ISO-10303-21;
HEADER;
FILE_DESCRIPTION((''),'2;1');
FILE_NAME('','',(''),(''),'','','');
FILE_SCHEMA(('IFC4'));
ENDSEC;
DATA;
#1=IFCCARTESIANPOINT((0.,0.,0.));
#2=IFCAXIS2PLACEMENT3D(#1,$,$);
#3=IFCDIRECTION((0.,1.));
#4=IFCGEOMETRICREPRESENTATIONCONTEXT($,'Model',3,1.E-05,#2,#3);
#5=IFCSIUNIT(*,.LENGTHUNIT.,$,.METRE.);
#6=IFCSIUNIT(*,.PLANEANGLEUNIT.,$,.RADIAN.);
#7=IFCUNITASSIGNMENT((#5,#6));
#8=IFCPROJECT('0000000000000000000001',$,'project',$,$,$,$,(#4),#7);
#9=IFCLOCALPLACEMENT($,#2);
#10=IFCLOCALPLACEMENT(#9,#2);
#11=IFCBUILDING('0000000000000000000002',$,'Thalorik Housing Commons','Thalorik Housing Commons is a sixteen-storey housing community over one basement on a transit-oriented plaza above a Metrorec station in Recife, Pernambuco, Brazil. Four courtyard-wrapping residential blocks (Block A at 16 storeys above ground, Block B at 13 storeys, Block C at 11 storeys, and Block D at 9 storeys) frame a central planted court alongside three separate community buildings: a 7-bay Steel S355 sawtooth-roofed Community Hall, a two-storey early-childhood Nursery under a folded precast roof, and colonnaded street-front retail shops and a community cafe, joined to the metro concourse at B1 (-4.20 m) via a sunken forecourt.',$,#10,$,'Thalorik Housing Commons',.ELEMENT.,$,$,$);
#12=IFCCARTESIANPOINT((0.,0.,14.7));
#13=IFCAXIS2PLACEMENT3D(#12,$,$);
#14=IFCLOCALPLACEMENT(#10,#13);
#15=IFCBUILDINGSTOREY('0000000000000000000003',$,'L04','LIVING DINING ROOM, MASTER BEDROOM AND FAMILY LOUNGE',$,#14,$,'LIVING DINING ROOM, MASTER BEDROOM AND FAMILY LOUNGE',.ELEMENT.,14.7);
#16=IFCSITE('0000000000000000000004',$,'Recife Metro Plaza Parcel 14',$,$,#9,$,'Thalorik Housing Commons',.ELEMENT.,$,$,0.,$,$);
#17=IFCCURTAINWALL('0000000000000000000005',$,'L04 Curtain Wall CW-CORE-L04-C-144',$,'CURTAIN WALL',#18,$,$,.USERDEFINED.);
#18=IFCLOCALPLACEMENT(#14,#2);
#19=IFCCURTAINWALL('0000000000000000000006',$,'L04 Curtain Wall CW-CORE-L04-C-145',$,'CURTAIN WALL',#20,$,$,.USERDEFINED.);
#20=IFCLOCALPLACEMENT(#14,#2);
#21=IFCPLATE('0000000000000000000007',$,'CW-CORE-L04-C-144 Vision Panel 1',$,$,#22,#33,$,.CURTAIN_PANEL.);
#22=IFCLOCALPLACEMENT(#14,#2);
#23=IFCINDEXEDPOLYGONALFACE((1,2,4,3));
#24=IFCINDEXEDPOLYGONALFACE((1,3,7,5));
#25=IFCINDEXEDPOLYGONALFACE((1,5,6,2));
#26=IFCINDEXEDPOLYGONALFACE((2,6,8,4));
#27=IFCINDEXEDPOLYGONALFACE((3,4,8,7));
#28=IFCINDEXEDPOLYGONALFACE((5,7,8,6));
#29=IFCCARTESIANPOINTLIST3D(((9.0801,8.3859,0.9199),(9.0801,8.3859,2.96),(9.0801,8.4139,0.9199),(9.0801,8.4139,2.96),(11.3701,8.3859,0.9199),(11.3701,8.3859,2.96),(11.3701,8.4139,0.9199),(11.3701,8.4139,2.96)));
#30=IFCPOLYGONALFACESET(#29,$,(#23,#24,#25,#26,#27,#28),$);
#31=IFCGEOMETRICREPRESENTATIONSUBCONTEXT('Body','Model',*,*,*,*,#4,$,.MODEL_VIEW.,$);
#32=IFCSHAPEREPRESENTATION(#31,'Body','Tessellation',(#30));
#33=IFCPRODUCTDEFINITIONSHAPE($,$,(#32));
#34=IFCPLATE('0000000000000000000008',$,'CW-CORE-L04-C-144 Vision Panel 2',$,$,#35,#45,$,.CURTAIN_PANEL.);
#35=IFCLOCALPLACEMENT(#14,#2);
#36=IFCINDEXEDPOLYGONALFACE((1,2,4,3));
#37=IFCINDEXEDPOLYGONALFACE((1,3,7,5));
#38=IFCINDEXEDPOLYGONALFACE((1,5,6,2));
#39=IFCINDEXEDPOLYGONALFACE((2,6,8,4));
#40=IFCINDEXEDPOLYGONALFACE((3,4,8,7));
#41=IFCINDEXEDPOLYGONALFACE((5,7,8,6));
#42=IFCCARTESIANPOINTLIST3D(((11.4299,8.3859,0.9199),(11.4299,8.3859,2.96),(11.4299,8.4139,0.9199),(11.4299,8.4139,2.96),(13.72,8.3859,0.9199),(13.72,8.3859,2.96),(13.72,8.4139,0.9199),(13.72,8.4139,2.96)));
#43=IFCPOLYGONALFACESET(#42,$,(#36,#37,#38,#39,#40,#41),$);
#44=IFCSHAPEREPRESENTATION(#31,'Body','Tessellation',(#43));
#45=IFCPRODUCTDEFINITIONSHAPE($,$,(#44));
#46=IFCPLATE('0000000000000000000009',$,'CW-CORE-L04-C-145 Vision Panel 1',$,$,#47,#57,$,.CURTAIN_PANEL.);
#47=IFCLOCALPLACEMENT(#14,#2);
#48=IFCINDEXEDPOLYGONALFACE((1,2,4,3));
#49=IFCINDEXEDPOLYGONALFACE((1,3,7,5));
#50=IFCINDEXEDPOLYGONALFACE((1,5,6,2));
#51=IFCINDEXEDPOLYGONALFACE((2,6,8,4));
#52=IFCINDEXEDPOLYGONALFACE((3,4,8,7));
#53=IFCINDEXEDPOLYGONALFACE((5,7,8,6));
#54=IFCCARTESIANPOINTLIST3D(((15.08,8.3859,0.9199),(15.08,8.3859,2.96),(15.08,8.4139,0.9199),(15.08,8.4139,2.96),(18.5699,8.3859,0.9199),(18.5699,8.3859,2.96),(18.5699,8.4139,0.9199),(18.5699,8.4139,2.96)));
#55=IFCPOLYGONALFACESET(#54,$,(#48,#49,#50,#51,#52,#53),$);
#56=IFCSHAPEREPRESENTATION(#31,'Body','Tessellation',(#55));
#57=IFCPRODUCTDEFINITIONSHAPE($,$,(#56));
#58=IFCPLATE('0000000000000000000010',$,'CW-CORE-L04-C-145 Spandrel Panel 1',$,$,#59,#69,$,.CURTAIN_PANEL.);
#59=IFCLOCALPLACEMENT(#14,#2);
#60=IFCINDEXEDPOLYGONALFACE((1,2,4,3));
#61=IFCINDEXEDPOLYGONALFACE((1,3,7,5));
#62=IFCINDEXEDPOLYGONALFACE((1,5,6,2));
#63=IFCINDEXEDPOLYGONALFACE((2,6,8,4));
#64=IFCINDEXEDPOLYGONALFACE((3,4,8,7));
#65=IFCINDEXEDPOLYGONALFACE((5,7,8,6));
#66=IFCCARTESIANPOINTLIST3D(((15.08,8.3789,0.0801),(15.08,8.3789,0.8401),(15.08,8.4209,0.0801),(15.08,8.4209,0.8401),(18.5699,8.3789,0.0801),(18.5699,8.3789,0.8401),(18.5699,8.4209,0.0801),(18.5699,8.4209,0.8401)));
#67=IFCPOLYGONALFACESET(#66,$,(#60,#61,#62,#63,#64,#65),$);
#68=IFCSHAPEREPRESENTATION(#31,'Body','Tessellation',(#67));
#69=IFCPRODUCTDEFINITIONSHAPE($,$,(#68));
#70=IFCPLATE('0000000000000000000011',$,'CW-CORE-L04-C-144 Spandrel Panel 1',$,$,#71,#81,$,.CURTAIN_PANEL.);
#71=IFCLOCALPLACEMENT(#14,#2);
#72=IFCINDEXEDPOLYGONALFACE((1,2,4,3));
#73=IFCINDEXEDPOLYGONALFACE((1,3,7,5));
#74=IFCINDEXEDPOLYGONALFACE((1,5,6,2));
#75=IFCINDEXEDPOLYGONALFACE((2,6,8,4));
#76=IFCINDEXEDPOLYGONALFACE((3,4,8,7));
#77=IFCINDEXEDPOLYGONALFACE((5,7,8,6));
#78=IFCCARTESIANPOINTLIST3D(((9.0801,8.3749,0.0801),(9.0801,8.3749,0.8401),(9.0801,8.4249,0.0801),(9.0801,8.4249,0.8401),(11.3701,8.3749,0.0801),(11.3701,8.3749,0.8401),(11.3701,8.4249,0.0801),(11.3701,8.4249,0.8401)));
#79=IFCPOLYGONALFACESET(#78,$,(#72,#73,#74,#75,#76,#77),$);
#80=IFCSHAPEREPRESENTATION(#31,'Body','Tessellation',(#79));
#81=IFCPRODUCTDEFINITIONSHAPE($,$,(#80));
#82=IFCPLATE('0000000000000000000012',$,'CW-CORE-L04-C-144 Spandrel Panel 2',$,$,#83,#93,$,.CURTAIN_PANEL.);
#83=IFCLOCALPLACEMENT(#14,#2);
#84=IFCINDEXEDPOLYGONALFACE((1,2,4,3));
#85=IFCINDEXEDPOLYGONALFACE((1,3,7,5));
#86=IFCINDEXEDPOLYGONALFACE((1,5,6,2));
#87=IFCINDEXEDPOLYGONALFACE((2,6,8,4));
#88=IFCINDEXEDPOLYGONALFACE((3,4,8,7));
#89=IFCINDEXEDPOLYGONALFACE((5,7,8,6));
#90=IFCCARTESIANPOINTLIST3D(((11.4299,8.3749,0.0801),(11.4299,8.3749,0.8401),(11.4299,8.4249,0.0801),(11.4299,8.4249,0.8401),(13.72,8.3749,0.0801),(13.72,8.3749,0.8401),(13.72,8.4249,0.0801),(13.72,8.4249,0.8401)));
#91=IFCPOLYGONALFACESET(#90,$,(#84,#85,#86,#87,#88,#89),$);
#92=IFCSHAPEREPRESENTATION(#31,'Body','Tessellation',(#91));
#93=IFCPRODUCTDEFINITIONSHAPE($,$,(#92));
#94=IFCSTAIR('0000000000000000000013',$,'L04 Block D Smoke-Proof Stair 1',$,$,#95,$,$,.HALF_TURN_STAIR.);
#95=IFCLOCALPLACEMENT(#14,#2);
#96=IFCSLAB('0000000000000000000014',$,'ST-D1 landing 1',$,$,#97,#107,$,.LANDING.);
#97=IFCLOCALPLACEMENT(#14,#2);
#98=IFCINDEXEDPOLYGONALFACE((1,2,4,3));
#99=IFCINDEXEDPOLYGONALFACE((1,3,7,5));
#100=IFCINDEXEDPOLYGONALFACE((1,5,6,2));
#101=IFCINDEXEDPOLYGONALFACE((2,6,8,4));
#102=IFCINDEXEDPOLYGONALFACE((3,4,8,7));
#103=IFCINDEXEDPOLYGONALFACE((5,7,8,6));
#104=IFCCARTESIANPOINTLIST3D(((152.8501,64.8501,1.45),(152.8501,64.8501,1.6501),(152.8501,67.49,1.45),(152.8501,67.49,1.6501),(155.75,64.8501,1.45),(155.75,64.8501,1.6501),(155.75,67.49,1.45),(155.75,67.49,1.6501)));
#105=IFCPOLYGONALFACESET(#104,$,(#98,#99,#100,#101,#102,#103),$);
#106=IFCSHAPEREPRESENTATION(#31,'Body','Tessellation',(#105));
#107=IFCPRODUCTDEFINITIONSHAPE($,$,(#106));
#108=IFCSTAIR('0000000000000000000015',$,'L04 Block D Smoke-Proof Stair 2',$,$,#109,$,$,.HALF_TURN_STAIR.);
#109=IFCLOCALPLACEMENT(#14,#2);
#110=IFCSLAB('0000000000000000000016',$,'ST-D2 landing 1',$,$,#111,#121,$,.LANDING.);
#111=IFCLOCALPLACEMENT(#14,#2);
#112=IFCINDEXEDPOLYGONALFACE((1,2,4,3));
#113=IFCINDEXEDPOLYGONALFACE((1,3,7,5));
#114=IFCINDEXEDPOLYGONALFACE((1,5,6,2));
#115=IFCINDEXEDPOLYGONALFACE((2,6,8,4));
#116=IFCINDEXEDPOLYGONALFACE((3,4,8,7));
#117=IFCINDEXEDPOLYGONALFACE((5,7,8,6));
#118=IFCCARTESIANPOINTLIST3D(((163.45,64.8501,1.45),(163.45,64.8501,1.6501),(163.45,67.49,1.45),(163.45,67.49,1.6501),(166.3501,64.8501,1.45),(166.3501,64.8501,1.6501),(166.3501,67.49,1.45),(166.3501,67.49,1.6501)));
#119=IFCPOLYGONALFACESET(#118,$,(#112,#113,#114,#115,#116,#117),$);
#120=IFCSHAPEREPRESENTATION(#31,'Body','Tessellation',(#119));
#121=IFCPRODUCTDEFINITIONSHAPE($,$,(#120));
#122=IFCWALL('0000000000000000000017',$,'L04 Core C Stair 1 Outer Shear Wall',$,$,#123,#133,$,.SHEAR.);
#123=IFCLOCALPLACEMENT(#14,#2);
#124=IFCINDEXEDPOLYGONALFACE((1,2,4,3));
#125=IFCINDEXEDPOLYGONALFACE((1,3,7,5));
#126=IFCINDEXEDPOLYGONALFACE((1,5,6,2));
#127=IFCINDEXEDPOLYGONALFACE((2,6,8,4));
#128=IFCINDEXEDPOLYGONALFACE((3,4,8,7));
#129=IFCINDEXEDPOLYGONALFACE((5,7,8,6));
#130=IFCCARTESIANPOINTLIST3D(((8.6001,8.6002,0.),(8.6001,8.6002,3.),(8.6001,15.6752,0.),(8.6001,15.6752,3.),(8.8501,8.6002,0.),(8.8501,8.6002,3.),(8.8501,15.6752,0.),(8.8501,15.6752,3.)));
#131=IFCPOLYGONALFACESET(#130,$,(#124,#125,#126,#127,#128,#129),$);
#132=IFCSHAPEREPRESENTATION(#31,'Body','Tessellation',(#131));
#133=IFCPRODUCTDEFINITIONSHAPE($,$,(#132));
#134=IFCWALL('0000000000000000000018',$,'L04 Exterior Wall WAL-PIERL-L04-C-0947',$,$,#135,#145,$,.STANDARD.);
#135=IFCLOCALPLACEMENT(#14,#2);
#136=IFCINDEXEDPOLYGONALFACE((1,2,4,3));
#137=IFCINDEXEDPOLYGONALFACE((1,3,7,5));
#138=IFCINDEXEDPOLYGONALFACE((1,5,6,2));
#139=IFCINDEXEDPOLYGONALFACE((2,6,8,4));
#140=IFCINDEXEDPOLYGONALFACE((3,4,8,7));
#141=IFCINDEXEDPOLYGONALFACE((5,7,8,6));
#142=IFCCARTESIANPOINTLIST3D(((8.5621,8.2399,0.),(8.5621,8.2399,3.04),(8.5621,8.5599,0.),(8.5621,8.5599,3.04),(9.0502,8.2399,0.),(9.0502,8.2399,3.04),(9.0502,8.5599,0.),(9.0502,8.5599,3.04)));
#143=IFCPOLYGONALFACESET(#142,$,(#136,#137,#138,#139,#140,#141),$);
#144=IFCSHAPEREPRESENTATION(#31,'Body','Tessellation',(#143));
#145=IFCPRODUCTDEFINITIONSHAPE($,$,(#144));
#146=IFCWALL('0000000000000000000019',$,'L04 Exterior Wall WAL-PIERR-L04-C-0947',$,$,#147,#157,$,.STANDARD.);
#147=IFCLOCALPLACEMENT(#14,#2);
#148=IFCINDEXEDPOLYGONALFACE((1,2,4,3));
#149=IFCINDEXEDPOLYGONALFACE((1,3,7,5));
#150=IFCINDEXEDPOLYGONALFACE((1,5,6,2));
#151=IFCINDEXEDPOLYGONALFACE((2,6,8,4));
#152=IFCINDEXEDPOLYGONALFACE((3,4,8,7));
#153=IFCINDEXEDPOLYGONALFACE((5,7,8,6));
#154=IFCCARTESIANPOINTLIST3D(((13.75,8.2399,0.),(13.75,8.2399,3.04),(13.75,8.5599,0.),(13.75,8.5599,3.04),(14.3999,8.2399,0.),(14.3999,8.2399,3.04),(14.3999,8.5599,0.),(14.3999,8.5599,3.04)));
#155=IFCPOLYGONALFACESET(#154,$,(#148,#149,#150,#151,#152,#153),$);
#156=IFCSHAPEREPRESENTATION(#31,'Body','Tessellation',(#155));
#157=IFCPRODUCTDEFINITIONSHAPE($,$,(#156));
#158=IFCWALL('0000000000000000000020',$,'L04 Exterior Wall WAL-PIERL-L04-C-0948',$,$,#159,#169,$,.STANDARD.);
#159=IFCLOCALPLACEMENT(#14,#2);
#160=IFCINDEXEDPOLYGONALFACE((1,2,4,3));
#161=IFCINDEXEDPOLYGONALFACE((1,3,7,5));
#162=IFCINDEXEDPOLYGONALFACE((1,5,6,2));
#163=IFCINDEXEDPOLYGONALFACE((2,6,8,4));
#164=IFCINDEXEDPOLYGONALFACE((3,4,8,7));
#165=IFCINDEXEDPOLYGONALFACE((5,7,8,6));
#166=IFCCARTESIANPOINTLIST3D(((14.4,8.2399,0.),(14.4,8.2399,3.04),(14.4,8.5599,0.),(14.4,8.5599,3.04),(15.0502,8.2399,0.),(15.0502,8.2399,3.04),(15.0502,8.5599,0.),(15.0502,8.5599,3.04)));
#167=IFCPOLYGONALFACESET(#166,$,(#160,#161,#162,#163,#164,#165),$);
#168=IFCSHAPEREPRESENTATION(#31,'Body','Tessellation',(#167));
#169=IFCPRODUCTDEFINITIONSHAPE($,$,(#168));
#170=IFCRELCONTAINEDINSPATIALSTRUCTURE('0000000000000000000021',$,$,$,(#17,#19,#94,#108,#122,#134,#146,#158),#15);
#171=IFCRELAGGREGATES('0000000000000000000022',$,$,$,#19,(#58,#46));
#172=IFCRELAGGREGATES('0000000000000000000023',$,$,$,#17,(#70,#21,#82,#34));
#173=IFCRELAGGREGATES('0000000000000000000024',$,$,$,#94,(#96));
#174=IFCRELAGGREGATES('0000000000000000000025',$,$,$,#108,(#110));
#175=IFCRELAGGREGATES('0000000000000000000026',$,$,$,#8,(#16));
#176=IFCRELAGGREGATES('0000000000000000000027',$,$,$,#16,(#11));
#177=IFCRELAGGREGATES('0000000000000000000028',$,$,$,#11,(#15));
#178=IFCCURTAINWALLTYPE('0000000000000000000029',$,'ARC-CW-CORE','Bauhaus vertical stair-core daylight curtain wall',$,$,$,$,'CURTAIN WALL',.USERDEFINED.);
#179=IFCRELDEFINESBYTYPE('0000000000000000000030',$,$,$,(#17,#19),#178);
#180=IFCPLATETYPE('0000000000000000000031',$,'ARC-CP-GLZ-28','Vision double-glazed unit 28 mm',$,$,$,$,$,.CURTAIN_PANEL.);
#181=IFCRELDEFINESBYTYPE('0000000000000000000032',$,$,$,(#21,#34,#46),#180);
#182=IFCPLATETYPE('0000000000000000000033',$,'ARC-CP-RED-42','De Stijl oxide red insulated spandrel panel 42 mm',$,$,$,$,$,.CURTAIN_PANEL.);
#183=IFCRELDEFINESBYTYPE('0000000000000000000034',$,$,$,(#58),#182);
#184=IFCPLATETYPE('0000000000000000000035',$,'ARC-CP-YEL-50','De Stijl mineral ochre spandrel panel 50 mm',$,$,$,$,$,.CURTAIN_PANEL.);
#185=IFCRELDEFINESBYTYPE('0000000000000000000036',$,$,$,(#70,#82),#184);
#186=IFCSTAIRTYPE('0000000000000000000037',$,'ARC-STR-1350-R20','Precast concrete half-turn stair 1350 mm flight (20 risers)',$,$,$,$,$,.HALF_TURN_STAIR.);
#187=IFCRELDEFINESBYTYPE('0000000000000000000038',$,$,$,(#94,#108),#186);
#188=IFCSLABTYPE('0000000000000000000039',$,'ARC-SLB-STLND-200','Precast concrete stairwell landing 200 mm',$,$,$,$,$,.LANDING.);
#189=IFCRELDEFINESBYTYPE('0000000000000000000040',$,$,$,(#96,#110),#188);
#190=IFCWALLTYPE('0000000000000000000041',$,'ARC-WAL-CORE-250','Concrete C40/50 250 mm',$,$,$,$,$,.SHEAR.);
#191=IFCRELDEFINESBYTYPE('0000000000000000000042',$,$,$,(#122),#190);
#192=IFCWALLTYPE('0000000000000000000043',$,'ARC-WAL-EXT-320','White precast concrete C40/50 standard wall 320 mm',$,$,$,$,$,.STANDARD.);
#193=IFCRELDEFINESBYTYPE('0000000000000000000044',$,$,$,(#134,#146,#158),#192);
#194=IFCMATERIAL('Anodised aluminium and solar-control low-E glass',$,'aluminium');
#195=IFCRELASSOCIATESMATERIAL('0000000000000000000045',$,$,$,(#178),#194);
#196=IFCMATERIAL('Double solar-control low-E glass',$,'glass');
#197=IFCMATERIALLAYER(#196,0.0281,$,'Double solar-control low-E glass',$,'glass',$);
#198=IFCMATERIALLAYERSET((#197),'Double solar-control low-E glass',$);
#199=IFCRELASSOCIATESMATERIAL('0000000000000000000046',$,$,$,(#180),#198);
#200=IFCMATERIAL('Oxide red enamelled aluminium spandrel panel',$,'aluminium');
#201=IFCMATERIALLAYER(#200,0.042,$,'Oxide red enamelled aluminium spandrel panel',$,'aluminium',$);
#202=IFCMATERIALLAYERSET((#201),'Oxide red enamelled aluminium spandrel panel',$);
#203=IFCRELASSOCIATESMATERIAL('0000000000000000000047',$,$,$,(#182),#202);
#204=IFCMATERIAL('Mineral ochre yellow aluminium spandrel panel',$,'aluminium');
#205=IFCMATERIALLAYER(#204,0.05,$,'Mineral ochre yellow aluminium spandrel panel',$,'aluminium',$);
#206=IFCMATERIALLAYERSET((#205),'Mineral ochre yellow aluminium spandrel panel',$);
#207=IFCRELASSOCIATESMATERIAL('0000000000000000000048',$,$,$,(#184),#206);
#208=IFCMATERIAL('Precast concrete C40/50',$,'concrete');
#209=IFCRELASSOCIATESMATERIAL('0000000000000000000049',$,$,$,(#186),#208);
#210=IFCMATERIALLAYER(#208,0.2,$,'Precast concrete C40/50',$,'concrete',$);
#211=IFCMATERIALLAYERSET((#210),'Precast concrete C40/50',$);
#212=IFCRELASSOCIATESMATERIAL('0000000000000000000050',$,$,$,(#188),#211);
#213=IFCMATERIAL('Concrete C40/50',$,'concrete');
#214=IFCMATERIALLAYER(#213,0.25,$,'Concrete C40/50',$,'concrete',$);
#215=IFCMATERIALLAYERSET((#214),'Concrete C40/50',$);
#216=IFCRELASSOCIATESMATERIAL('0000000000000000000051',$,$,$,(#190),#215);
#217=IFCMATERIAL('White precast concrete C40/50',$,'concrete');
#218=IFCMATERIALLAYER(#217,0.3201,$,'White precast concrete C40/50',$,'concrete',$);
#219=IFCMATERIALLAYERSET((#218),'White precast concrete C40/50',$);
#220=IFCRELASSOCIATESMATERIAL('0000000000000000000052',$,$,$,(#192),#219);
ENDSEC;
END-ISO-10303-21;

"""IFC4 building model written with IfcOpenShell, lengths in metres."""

from ifc_helpers import new_model, si_unit, direction, frame, frame_2d, origin, origin_2d, place, context, subcontext, project, spatial, polyline, rectangle, outline, extrude, material, layer, layer_set, type_object, element, aggregate, save


model = new_model("IFC4")

# Units and contexts
model_context = context("Model", 3, precision=1e-05, world=origin(), true_north=direction((0.0, 1.0)))
body_context = subcontext(model_context, "Body", "Model", "MODEL_VIEW")
ifc_project = project(units=[si_unit("LENGTHUNIT", "METRE"), si_unit("PLANEANGLEUNIT", "RADIAN")], contexts=[model_context])

# Site, building, storey
site_placement = place(None, origin())
site = spatial("IfcSite", under=ifc_project, at=site_placement, Name="Recife Metro Plaza Parcel 14", LongName="Thalorik Housing Commons", CompositionType="ELEMENT", RefElevation=0.0)
building_placement = place(site_placement, origin())
building = spatial("IfcBuilding", under=site, at=building_placement, Name="Thalorik Housing Commons", Description="Thalorik Housing Commons is a sixteen-storey housing community over one basement on a transit-oriented plaza above a Metrorec station in Recife, Pernambuco, Brazil. Four courtyard-wrapping residential blocks (Block A at 16 storeys above ground, Block B at 13 storeys, Block C at 11 storeys, and Block D at 9 storeys) frame a central planted court alongside three separate community buildings: a 7-bay Steel S355 sawtooth-roofed Community Hall, a two-storey early-childhood Nursery under a folded precast roof, and colonnaded street-front retail shops and a community cafe, joined to the metro concourse at B1 (-4.20 m) via a sunken forecourt.", LongName="Thalorik Housing Commons", CompositionType="ELEMENT")
storey_placement = place(building_placement, frame((0.0, 0.0, 14.7)))
storey = spatial("IfcBuildingStorey", under=building, at=storey_placement, Name="L04", Description="LIVING DINING ROOM, MASTER BEDROOM AND FAMILY LOUNGE", LongName="LIVING DINING ROOM, MASTER BEDROOM AND FAMILY LOUNGE", CompositionType="ELEMENT", Elevation=14.7)

# Shared definitions
ifc_material_1 = material(Name="Precast concrete C40/50", Category="concrete")

# Curtain wall
ifc_material_2 = material(Name="Anodised aluminium and solar-control low-E glass", Category="aluminium")
curtain_wall_type = type_object("IfcCurtainWallType", Name="ARC-CW-CORE", Description="Bauhaus vertical stair-core daylight curtain wall", ElementType="CURTAIN WALL", PredefinedType="USERDEFINED", material=ifc_material_2)
curtain_wall_1_placement = place(storey_placement, origin())
curtain_wall_1 = element("IfcCurtainWall", 1, at=curtain_wall_1_placement, inside=storey, type_object=curtain_wall_type, Name="L04 Curtain Wall CW-CORE-L04-C-144", ObjectType="CURTAIN WALL", PredefinedType="USERDEFINED")

# Curtain wall
curtain_wall_2_placement = place(storey_placement, origin())
curtain_wall_2 = element("IfcCurtainWall", 2, at=curtain_wall_2_placement, inside=storey, type_object=curtain_wall_type, Name="L04 Curtain Wall CW-CORE-L04-C-145", ObjectType="CURTAIN WALL", PredefinedType="USERDEFINED")

# Plates
ifc_material_3 = material(Name="Double solar-control low-E glass", Category="glass")
ifc_layer_1 = layer(ifc_material_3, 0.0281, Name="Double solar-control low-E glass", Category="glass")
ifc_layer_set_1 = layer_set([ifc_layer_1], Name="Double solar-control low-E glass")
plate_type_1 = type_object("IfcPlateType", Name="ARC-CP-GLZ-28", Description="Vision double-glazed unit 28 mm", PredefinedType="CURTAIN_PANEL", material=ifc_layer_set_1)
plate_1_placement = place(storey_placement, frame((10.2251, 8.3999, 0.9199), z_axis=(0.0, 0.0, 1.0), x_axis=(1.0, 0.0, 0.0)))
plate_1 = element("IfcPlate", 3, at=plate_1_placement, type_object=plate_type_1, Name="CW-CORE-L04-C-144 Vision Panel 1", PredefinedType="CURTAIN_PANEL", context=body_context, shape_type="SweptSolid", body=[
    extrude(rectangle(XDim=2.29, YDim=0.0281, at=origin_2d()), origin(), (0.0, 0.0, 1.0), 2.04),
])
plate_2_placement = place(storey_placement, frame((12.575, 8.3999, 0.9199), z_axis=(0.0, 0.0, 1.0), x_axis=(1.0, 0.0, 0.0)))
plate_2 = element("IfcPlate", 4, at=plate_2_placement, type_object=plate_type_1, Name="CW-CORE-L04-C-144 Vision Panel 2", PredefinedType="CURTAIN_PANEL", context=body_context, shape_type="SweptSolid", body=[
    extrude(rectangle(XDim=2.29, YDim=0.0281, at=origin_2d()), origin(), (0.0, 0.0, 1.0), 2.04),
])
plate_3_placement = place(storey_placement, frame((16.825, 8.3999, 0.9199), z_axis=(0.0, 0.0, 1.0), x_axis=(1.0, 0.0, 0.0)))
plate_3 = element("IfcPlate", 5, at=plate_3_placement, type_object=plate_type_1, Name="CW-CORE-L04-C-145 Vision Panel 1", PredefinedType="CURTAIN_PANEL", context=body_context, shape_type="SweptSolid", body=[
    extrude(rectangle(XDim=3.49, YDim=0.0281, at=origin_2d()), origin(), (0.0, 0.0, 1.0), 2.04),
])
ifc_material_4 = material(Name="Oxide red enamelled aluminium spandrel panel", Category="aluminium")
ifc_layer_2 = layer(ifc_material_4, 0.042, Name="Oxide red enamelled aluminium spandrel panel", Category="aluminium")
ifc_layer_set_2 = layer_set([ifc_layer_2], Name="Oxide red enamelled aluminium spandrel panel")
plate_type_2 = type_object("IfcPlateType", Name="ARC-CP-RED-42", Description="De Stijl oxide red insulated spandrel panel 42 mm", PredefinedType="CURTAIN_PANEL", material=ifc_layer_set_2)
plate_4_placement = place(storey_placement, frame((16.825, 8.3999, 0.0801), z_axis=(0.0, 0.0, 1.0), x_axis=(1.0, 0.0, 0.0)))
plate_4 = element("IfcPlate", 6, at=plate_4_placement, type_object=plate_type_2, Name="CW-CORE-L04-C-145 Spandrel Panel 1", PredefinedType="CURTAIN_PANEL", context=body_context, shape_type="SweptSolid", body=[
    extrude(rectangle(XDim=3.49, YDim=0.042, at=origin_2d()), origin(), (0.0, 0.0, 1.0), 0.76),
])
aggregate(curtain_wall_2, [plate_4, plate_3])
ifc_material_5 = material(Name="Mineral ochre yellow aluminium spandrel panel", Category="aluminium")
ifc_layer_3 = layer(ifc_material_5, 0.05, Name="Mineral ochre yellow aluminium spandrel panel", Category="aluminium")
ifc_layer_set_3 = layer_set([ifc_layer_3], Name="Mineral ochre yellow aluminium spandrel panel")
plate_type_3 = type_object("IfcPlateType", Name="ARC-CP-YEL-50", Description="De Stijl mineral ochre spandrel panel 50 mm", PredefinedType="CURTAIN_PANEL", material=ifc_layer_set_3)
plate_5_placement = place(storey_placement, frame((10.2251, 8.3999, 0.0801), z_axis=(0.0, 0.0, 1.0), x_axis=(1.0, 0.0, 0.0)))
plate_5 = element("IfcPlate", 7, at=plate_5_placement, type_object=plate_type_3, Name="CW-CORE-L04-C-144 Spandrel Panel 1", PredefinedType="CURTAIN_PANEL", context=body_context, shape_type="SweptSolid", body=[
    extrude(rectangle(XDim=2.29, YDim=0.05, at=origin_2d()), origin(), (0.0, 0.0, 1.0), 0.76),
])
plate_6_placement = place(storey_placement, frame((12.575, 8.3999, 0.0801), z_axis=(0.0, 0.0, 1.0), x_axis=(1.0, 0.0, 0.0)))
plate_6 = element("IfcPlate", 8, at=plate_6_placement, type_object=plate_type_3, Name="CW-CORE-L04-C-144 Spandrel Panel 2", PredefinedType="CURTAIN_PANEL", context=body_context, shape_type="SweptSolid", body=[
    extrude(rectangle(XDim=2.29, YDim=0.05, at=origin_2d()), origin(), (0.0, 0.0, 1.0), 0.76),
])
aggregate(curtain_wall_1, [plate_5, plate_1, plate_6, plate_2])

# Stairs, slabs
stair_type = type_object("IfcStairType", Name="ARC-STR-1350-R20", Description="Precast concrete half-turn stair 1350 mm flight (20 risers)", PredefinedType="HALF_TURN_STAIR", material=ifc_material_1)
stair_1_placement = place(storey_placement, origin())
stair_1 = element("IfcStair", 9, at=stair_1_placement, inside=storey, type_object=stair_type, Name="L04 Block D Smoke-Proof Stair 1", PredefinedType="HALF_TURN_STAIR")
ifc_layer_4 = layer(ifc_material_1, 0.2, Name="Precast concrete C40/50", Category="concrete")
ifc_layer_set_4 = layer_set([ifc_layer_4], Name="Precast concrete C40/50")
slab_type = type_object("IfcSlabType", Name="ARC-SLB-STLND-200", Description="Precast concrete stairwell landing 200 mm", PredefinedType="LANDING", material=ifc_layer_set_4)
slab_1_placement = place(storey_placement, frame((0.0, 0.0, 1.45)))
slab_1 = element("IfcSlab", 10, at=slab_1_placement, type_object=slab_type, Name="ST-D1 landing 1", PredefinedType="LANDING", context=body_context, shape_type="SweptSolid", body=[
    extrude(outline(polyline([(152.8501, 67.49), (152.8501, 64.8501), (155.75, 64.8501), (155.75, 67.49), (152.8501, 67.49)])), origin(), (0.0, 0.0, 1.0), 0.2002),
])
aggregate(stair_1, [slab_1])
stair_2_placement = place(storey_placement, origin())
stair_2 = element("IfcStair", 11, at=stair_2_placement, inside=storey, type_object=stair_type, Name="L04 Block D Smoke-Proof Stair 2", PredefinedType="HALF_TURN_STAIR")
slab_2_placement = place(storey_placement, frame((0.0, 0.0, 1.45)))
slab_2 = element("IfcSlab", 12, at=slab_2_placement, type_object=slab_type, Name="ST-D2 landing 1", PredefinedType="LANDING", context=body_context, shape_type="SweptSolid", body=[
    extrude(outline(polyline([(163.45, 67.49), (163.45, 64.8501), (166.3501, 64.8501), (166.3501, 67.49), (163.45, 67.49)])), origin(), (0.0, 0.0, 1.0), 0.2002),
])
aggregate(stair_2, [slab_2])

# Walls
ifc_material_6 = material(Name="Concrete C40/50", Category="concrete")
ifc_layer_5 = layer(ifc_material_6, 0.25, Name="Concrete C40/50", Category="concrete")
ifc_layer_set_5 = layer_set([ifc_layer_5], Name="Concrete C40/50")
wall_type_1 = type_object("IfcWallType", Name="ARC-WAL-CORE-250", Description="Concrete C40/50 250 mm", PredefinedType="SHEAR", material=ifc_layer_set_5)
wall_1_placement = place(storey_placement, frame((8.7251, 8.6001, 0.0), z_axis=(0.0, 0.0, 1.0), x_axis=(0.0, 1.0, 0.0)))
element("IfcWall", 13, at=wall_1_placement, inside=storey, type_object=wall_type_1, Name="L04 Core C Stair 1 Outer Shear Wall", PredefinedType="SHEAR", context=body_context, shape_type="SweptSolid", body=[
    extrude(rectangle(XDim=7.075, YDim=0.25, at=frame_2d((3.5376, 0.0))), origin(), (0.0, 0.0, 1.0), 3.0),
])
ifc_material_7 = material(Name="White precast concrete C40/50", Category="concrete")
ifc_layer_6 = layer(ifc_material_7, 0.3201, Name="White precast concrete C40/50", Category="concrete")
ifc_layer_set_6 = layer_set([ifc_layer_6], Name="White precast concrete C40/50")
wall_type_2 = type_object("IfcWallType", Name="ARC-WAL-EXT-320", Description="White precast concrete C40/50 standard wall 320 mm", PredefinedType="STANDARD", material=ifc_layer_set_6)
wall_2_placement = place(storey_placement, frame((8.562, 8.3999, 0.0), z_axis=(0.0, 0.0, 1.0), x_axis=(1.0, 0.0, 0.0)))
element("IfcWall", 14, at=wall_2_placement, inside=storey, type_object=wall_type_2, Name="L04 Exterior Wall WAL-PIERL-L04-C-0947", PredefinedType="STANDARD", context=body_context, shape_type="SweptSolid", body=[
    extrude(rectangle(XDim=0.488, YDim=0.3201, at=frame_2d((0.2441, 0.0))), origin(), (0.0, 0.0, 1.0), 3.04),
])
wall_3_placement = place(storey_placement, frame((13.75, 8.3999, 0.0), z_axis=(0.0, 0.0, 1.0), x_axis=(1.0, 0.0, 0.0)))
element("IfcWall", 15, at=wall_3_placement, inside=storey, type_object=wall_type_2, Name="L04 Exterior Wall WAL-PIERR-L04-C-0947", PredefinedType="STANDARD", context=body_context, shape_type="SweptSolid", body=[
    extrude(rectangle(XDim=0.6499, YDim=0.3201, at=frame_2d((0.325, 0.0))), origin(), (0.0, 0.0, 1.0), 3.04),
])
wall_4_placement = place(storey_placement, frame((14.3999, 8.3999, 0.0), z_axis=(0.0, 0.0, 1.0), x_axis=(1.0, 0.0, 0.0)))
element("IfcWall", 16, at=wall_4_placement, inside=storey, type_object=wall_type_2, Name="L04 Exterior Wall WAL-PIERL-L04-C-0948", PredefinedType="STANDARD", context=body_context, shape_type="SweptSolid", body=[
    extrude(rectangle(XDim=0.6501, YDim=0.3201, at=frame_2d((0.3252, 0.0))), origin(), (0.0, 0.0, 1.0), 3.04),
])

save(model, "model.ifc")
